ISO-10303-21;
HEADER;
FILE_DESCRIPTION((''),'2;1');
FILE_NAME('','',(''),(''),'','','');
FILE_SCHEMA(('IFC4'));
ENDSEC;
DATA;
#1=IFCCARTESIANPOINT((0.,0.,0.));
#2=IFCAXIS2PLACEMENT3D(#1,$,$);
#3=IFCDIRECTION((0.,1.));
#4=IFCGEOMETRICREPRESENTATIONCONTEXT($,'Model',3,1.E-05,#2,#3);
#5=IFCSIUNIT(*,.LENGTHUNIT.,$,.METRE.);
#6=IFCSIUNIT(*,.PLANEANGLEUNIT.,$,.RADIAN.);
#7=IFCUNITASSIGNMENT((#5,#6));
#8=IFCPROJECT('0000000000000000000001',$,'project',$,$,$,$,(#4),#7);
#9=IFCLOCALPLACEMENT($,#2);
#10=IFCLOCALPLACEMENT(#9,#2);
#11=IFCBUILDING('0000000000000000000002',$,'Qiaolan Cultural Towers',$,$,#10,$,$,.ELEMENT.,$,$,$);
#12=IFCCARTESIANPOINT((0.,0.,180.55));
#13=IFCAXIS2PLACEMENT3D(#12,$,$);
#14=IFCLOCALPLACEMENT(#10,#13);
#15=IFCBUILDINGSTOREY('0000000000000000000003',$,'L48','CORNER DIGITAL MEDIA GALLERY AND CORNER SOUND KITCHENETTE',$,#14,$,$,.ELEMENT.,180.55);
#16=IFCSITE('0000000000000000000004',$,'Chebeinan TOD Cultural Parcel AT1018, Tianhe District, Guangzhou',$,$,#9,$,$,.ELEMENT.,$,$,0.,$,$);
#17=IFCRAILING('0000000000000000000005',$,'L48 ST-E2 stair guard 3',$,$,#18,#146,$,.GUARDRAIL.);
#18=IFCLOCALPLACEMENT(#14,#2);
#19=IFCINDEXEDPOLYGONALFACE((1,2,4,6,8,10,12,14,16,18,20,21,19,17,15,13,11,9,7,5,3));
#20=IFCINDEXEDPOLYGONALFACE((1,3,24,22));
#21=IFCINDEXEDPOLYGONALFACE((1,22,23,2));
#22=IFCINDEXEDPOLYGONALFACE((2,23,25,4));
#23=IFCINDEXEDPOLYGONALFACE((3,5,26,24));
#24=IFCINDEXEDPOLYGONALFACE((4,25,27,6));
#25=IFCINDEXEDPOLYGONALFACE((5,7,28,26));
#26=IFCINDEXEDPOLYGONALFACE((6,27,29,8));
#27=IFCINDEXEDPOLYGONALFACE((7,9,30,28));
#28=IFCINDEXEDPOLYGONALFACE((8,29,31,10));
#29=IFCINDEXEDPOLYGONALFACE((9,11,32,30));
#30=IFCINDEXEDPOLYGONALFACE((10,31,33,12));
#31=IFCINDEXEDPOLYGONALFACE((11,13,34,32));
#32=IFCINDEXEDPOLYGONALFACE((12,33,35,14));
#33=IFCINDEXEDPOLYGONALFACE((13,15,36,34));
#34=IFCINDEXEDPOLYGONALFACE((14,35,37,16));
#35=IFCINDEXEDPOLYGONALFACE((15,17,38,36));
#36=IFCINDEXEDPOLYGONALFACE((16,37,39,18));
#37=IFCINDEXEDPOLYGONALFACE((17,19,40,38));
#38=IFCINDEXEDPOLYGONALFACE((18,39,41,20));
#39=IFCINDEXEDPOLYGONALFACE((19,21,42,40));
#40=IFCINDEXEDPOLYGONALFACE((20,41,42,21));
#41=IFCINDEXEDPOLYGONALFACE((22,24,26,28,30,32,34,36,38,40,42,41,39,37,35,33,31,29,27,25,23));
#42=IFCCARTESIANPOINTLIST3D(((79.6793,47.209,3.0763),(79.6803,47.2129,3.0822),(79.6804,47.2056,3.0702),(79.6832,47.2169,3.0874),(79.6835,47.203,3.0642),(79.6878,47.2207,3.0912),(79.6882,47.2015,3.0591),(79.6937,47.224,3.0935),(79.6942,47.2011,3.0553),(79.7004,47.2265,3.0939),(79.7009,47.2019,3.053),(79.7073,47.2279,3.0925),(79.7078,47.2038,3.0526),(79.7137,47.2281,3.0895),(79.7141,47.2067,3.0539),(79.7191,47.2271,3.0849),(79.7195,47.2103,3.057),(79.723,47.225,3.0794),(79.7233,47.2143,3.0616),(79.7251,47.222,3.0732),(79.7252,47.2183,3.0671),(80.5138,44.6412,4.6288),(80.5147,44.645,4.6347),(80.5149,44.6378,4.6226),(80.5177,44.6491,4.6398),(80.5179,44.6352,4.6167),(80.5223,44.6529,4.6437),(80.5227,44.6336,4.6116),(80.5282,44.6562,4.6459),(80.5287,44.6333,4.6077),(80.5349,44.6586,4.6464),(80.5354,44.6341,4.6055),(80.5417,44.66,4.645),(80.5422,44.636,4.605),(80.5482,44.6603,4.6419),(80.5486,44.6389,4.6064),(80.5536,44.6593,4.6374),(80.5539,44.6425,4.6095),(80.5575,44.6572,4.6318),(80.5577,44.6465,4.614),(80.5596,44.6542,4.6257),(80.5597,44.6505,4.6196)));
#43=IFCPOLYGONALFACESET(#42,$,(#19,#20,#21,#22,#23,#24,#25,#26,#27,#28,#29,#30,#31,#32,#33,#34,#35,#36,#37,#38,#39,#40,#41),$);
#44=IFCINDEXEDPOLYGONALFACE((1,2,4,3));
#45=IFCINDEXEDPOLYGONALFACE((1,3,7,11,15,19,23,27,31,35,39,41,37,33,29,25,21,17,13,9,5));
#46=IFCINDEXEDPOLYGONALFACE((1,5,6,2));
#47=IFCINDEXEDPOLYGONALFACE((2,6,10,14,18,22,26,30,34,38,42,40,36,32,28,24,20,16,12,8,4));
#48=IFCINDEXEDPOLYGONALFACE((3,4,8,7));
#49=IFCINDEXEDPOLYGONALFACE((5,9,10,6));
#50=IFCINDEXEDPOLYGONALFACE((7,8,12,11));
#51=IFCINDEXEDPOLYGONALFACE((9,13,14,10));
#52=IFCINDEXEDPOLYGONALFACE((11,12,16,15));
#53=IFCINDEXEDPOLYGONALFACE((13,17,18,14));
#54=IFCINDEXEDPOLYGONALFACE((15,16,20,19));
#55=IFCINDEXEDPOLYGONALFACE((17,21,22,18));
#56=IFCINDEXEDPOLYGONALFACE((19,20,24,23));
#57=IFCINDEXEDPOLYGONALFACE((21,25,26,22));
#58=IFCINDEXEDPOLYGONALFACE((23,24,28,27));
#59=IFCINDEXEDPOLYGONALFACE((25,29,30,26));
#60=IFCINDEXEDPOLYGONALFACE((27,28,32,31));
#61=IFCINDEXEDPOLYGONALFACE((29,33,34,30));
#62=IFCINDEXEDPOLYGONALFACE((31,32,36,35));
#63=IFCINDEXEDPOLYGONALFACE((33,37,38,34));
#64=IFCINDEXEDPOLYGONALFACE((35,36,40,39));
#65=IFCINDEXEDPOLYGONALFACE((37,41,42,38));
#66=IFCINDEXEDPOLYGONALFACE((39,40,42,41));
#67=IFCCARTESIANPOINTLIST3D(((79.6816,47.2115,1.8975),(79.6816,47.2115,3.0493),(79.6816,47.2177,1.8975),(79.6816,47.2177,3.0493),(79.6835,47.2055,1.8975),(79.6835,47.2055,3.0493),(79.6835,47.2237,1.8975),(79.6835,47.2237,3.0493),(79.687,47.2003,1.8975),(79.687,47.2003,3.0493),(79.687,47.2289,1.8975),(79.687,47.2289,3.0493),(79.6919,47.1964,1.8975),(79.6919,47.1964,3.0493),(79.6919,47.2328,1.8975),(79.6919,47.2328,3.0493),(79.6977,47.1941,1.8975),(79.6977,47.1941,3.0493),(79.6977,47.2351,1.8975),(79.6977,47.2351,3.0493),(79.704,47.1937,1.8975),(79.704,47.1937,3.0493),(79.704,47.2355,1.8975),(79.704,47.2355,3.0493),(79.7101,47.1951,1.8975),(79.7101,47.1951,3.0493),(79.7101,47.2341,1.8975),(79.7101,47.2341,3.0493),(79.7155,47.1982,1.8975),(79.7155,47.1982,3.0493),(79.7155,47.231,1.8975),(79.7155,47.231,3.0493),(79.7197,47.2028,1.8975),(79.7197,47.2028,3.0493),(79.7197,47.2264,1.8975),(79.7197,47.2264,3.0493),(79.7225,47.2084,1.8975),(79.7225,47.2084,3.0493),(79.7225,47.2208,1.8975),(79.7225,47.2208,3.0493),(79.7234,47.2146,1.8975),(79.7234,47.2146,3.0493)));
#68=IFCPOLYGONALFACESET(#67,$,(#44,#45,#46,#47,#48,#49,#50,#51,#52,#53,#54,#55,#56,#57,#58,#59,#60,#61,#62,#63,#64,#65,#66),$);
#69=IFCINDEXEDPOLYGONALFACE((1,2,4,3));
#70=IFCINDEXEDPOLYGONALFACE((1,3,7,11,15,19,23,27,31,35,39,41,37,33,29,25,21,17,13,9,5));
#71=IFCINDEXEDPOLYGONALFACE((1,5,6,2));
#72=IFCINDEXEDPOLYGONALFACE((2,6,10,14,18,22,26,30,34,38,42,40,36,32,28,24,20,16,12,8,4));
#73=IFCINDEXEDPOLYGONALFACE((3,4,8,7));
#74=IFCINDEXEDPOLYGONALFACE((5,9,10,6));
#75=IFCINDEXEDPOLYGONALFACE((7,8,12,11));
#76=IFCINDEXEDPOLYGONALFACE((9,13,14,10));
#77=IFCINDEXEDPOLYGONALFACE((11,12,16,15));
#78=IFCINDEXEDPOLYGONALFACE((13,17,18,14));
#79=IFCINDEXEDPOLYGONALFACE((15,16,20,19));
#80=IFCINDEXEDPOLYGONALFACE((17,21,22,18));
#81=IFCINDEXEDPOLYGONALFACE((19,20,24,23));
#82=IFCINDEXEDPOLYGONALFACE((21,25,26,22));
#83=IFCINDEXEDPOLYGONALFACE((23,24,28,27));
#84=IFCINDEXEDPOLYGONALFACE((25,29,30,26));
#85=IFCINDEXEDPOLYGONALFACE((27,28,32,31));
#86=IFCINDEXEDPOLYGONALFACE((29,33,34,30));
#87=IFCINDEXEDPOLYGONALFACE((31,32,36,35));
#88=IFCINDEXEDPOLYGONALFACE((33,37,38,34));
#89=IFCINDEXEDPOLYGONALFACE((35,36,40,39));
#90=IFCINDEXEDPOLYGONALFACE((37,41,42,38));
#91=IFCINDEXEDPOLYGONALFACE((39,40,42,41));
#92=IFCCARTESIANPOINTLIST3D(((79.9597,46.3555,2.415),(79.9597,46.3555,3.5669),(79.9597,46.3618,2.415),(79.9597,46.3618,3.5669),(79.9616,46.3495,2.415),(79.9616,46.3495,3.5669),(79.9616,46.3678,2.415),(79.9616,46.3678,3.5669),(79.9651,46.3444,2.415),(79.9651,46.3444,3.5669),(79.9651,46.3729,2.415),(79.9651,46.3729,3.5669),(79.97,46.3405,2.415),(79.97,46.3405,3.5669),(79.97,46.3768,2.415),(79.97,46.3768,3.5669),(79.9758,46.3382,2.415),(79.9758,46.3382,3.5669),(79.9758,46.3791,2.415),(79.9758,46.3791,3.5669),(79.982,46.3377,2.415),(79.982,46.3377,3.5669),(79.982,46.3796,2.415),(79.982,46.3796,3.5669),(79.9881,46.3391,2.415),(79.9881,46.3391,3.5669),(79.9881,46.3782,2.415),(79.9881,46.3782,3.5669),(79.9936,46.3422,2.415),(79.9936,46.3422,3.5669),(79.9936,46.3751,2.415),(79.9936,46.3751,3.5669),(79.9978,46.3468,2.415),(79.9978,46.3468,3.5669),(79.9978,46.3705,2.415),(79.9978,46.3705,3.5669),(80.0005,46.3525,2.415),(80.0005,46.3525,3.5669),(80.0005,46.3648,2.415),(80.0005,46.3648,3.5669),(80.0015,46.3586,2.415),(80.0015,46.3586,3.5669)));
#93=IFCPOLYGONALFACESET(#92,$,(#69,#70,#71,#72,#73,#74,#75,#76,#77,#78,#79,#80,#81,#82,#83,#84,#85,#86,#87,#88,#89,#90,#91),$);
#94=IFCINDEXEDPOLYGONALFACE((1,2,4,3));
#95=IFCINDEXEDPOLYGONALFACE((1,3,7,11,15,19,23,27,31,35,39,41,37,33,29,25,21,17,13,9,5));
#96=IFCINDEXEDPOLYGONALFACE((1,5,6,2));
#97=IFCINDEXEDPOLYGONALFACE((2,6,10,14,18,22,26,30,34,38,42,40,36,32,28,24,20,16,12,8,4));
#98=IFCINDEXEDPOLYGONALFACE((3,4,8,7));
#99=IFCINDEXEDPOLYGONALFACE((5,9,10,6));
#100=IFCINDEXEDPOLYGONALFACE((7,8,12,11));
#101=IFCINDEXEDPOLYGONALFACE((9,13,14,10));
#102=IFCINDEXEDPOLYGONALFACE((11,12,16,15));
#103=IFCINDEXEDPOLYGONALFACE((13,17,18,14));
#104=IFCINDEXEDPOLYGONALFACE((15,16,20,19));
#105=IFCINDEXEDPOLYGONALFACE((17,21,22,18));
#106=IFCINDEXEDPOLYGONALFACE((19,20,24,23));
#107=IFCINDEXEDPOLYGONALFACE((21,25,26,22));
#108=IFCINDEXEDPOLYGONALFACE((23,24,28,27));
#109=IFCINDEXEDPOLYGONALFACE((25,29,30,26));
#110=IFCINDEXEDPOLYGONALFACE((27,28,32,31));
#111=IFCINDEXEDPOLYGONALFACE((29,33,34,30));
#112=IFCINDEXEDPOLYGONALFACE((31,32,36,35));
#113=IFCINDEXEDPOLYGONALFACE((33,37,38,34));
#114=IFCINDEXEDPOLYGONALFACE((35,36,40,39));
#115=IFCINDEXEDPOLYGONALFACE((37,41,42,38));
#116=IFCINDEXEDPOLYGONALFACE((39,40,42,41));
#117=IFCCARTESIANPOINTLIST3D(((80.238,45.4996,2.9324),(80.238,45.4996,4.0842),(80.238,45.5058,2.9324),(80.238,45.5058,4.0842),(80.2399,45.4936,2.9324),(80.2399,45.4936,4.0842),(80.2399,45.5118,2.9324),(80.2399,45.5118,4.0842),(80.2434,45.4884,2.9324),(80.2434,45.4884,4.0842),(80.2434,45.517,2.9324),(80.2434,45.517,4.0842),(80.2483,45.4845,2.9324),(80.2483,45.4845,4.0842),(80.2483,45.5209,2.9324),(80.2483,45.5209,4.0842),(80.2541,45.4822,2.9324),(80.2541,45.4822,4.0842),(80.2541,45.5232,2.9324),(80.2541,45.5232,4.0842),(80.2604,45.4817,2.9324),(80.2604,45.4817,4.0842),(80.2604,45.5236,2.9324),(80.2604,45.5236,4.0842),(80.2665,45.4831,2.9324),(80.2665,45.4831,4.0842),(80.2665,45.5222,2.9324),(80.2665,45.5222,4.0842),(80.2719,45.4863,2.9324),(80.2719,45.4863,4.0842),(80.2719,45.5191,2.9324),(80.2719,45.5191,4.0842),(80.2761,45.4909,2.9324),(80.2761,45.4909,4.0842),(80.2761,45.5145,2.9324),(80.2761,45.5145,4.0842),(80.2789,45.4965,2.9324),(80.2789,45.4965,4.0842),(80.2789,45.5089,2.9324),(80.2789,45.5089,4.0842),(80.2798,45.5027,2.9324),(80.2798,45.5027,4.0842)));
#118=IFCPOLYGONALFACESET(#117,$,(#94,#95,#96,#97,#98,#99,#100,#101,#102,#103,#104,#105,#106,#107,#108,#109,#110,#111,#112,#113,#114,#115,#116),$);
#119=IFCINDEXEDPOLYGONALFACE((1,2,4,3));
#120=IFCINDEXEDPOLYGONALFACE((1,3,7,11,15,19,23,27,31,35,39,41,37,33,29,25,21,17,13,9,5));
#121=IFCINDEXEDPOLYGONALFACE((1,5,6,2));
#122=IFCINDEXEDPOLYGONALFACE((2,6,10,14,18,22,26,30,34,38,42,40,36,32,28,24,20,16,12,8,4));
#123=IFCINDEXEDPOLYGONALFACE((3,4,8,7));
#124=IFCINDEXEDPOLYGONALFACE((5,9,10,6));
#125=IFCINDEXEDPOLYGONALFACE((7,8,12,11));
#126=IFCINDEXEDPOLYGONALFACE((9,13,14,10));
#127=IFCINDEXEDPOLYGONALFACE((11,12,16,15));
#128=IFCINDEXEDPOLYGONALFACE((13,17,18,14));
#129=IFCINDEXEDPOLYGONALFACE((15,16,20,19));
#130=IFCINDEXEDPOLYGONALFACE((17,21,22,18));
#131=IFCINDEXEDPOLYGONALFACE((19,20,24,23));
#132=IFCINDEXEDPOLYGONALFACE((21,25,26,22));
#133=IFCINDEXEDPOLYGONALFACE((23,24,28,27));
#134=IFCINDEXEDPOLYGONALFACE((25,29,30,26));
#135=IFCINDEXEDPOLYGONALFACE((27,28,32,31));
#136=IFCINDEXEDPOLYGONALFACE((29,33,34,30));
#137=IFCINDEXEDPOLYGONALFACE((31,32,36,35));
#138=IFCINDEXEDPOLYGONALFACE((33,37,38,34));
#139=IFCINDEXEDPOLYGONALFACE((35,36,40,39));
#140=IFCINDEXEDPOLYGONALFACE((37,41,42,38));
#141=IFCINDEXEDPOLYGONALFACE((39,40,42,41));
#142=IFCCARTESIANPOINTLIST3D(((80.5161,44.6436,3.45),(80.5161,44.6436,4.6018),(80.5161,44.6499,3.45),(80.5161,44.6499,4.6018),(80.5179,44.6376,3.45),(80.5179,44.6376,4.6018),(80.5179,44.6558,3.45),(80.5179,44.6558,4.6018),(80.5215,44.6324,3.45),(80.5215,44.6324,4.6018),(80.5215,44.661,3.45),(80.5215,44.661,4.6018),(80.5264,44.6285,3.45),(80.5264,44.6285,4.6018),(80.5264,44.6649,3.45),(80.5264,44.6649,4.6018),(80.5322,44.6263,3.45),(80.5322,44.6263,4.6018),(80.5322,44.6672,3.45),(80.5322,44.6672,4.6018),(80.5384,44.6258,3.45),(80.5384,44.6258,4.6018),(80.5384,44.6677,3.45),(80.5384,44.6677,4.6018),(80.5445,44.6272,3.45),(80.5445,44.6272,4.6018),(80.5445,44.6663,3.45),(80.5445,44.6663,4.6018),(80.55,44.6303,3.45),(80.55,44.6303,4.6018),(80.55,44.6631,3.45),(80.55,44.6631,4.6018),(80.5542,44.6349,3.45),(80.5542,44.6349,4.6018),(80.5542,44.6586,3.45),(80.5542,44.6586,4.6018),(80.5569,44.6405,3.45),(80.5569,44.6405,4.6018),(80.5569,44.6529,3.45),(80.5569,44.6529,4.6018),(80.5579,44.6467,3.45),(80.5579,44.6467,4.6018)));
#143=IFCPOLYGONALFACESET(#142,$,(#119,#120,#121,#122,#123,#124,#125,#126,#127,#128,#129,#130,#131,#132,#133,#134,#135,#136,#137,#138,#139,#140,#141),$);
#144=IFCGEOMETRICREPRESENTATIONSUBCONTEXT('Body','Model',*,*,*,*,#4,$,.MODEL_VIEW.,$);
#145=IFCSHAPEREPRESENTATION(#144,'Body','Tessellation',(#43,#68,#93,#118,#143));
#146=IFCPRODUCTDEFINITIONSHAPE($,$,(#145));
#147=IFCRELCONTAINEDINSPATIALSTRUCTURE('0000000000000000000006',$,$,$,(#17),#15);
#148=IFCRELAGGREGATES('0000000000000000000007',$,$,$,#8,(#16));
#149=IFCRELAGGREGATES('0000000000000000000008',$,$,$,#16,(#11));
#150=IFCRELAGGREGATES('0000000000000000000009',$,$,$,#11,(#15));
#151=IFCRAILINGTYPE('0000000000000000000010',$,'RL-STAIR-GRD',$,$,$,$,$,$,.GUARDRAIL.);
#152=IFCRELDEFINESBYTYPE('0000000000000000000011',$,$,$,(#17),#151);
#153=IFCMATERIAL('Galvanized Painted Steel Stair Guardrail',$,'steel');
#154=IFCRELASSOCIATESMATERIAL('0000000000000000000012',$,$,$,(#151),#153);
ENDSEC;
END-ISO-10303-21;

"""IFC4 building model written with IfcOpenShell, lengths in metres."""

from ifc_helpers import new_model, si_unit, direction, frame, origin, origin_2d, place, context, subcontext, project, spatial, circle, extrude, material, type_object, element, save


model = new_model("IFC4")

# Units and contexts
model_context = context("Model", 3, precision=1e-05, world=origin(), true_north=direction((0.0, 1.0)))
body_context = subcontext(model_context, "Body", "Model", "MODEL_VIEW")
ifc_project = project(units=[si_unit("LENGTHUNIT", "METRE"), si_unit("PLANEANGLEUNIT", "RADIAN")], contexts=[model_context])

# Site, building, storey
site_placement = place(None, origin())
site = spatial("IfcSite", under=ifc_project, at=site_placement, Name="Chebeinan TOD Cultural Parcel AT1018, Tianhe District, Guangzhou", CompositionType="ELEMENT", RefElevation=0.0)
building_placement = place(site_placement, origin())
building = spatial("IfcBuilding", under=site, at=building_placement, Name="Qiaolan Cultural Towers", CompositionType="ELEMENT")
storey_placement = place(building_placement, frame((0.0, 0.0, 180.55)))
storey = spatial("IfcBuildingStorey", under=building, at=storey_placement, Name="L48", Description="CORNER DIGITAL MEDIA GALLERY AND CORNER SOUND KITCHENETTE", CompositionType="ELEMENT", Elevation=180.55)

# Railing
ifc_material_1 = material(Name="Galvanized Painted Steel Stair Guardrail", Category="steel")
railing_type_1 = type_object("IfcRailingType", Name="RL-STAIR-GRD", PredefinedType="GUARDRAIL", material=ifc_material_1)
railing_1_placement = place(storey_placement, frame((79.7024, 47.2146, 1.8975)))
element("IfcRailing", 1, at=railing_1_placement, inside=storey, type_object=railing_type_1, Name="L48 ST-E2 stair guard 3", PredefinedType="GUARDRAIL", context=body_context, shape_type="SweptSolid", body=[
    extrude(circle(Radius=0.0239, at=origin_2d()), frame((0.0, 0.0, 1.1758), z_axis=(0.267926, -0.824471, 0.498461), x_axis=(0.951043, 0.309057, 0.0)), (0.0, 0.0, 1.0), 3.1145),
    extrude(circle(Radius=0.021, at=origin_2d()), origin(), (0.0, 0.0, 1.0), 1.1519),
    extrude(circle(Radius=0.021, at=origin_2d()), frame((0.2781, -0.856, 0.5176)), (0.0, 0.0, 1.0), 1.1519),
    extrude(circle(Radius=0.021, at=origin_2d()), frame((0.5564, -1.7119, 1.0349)), (0.0, 0.0, 1.0), 1.1519),
    extrude(circle(Radius=0.021, at=origin_2d()), frame((0.8345, -2.5679, 1.5525)), (0.0, 0.0, 1.0), 1.1519),
])

save(model, "model.ifc")
